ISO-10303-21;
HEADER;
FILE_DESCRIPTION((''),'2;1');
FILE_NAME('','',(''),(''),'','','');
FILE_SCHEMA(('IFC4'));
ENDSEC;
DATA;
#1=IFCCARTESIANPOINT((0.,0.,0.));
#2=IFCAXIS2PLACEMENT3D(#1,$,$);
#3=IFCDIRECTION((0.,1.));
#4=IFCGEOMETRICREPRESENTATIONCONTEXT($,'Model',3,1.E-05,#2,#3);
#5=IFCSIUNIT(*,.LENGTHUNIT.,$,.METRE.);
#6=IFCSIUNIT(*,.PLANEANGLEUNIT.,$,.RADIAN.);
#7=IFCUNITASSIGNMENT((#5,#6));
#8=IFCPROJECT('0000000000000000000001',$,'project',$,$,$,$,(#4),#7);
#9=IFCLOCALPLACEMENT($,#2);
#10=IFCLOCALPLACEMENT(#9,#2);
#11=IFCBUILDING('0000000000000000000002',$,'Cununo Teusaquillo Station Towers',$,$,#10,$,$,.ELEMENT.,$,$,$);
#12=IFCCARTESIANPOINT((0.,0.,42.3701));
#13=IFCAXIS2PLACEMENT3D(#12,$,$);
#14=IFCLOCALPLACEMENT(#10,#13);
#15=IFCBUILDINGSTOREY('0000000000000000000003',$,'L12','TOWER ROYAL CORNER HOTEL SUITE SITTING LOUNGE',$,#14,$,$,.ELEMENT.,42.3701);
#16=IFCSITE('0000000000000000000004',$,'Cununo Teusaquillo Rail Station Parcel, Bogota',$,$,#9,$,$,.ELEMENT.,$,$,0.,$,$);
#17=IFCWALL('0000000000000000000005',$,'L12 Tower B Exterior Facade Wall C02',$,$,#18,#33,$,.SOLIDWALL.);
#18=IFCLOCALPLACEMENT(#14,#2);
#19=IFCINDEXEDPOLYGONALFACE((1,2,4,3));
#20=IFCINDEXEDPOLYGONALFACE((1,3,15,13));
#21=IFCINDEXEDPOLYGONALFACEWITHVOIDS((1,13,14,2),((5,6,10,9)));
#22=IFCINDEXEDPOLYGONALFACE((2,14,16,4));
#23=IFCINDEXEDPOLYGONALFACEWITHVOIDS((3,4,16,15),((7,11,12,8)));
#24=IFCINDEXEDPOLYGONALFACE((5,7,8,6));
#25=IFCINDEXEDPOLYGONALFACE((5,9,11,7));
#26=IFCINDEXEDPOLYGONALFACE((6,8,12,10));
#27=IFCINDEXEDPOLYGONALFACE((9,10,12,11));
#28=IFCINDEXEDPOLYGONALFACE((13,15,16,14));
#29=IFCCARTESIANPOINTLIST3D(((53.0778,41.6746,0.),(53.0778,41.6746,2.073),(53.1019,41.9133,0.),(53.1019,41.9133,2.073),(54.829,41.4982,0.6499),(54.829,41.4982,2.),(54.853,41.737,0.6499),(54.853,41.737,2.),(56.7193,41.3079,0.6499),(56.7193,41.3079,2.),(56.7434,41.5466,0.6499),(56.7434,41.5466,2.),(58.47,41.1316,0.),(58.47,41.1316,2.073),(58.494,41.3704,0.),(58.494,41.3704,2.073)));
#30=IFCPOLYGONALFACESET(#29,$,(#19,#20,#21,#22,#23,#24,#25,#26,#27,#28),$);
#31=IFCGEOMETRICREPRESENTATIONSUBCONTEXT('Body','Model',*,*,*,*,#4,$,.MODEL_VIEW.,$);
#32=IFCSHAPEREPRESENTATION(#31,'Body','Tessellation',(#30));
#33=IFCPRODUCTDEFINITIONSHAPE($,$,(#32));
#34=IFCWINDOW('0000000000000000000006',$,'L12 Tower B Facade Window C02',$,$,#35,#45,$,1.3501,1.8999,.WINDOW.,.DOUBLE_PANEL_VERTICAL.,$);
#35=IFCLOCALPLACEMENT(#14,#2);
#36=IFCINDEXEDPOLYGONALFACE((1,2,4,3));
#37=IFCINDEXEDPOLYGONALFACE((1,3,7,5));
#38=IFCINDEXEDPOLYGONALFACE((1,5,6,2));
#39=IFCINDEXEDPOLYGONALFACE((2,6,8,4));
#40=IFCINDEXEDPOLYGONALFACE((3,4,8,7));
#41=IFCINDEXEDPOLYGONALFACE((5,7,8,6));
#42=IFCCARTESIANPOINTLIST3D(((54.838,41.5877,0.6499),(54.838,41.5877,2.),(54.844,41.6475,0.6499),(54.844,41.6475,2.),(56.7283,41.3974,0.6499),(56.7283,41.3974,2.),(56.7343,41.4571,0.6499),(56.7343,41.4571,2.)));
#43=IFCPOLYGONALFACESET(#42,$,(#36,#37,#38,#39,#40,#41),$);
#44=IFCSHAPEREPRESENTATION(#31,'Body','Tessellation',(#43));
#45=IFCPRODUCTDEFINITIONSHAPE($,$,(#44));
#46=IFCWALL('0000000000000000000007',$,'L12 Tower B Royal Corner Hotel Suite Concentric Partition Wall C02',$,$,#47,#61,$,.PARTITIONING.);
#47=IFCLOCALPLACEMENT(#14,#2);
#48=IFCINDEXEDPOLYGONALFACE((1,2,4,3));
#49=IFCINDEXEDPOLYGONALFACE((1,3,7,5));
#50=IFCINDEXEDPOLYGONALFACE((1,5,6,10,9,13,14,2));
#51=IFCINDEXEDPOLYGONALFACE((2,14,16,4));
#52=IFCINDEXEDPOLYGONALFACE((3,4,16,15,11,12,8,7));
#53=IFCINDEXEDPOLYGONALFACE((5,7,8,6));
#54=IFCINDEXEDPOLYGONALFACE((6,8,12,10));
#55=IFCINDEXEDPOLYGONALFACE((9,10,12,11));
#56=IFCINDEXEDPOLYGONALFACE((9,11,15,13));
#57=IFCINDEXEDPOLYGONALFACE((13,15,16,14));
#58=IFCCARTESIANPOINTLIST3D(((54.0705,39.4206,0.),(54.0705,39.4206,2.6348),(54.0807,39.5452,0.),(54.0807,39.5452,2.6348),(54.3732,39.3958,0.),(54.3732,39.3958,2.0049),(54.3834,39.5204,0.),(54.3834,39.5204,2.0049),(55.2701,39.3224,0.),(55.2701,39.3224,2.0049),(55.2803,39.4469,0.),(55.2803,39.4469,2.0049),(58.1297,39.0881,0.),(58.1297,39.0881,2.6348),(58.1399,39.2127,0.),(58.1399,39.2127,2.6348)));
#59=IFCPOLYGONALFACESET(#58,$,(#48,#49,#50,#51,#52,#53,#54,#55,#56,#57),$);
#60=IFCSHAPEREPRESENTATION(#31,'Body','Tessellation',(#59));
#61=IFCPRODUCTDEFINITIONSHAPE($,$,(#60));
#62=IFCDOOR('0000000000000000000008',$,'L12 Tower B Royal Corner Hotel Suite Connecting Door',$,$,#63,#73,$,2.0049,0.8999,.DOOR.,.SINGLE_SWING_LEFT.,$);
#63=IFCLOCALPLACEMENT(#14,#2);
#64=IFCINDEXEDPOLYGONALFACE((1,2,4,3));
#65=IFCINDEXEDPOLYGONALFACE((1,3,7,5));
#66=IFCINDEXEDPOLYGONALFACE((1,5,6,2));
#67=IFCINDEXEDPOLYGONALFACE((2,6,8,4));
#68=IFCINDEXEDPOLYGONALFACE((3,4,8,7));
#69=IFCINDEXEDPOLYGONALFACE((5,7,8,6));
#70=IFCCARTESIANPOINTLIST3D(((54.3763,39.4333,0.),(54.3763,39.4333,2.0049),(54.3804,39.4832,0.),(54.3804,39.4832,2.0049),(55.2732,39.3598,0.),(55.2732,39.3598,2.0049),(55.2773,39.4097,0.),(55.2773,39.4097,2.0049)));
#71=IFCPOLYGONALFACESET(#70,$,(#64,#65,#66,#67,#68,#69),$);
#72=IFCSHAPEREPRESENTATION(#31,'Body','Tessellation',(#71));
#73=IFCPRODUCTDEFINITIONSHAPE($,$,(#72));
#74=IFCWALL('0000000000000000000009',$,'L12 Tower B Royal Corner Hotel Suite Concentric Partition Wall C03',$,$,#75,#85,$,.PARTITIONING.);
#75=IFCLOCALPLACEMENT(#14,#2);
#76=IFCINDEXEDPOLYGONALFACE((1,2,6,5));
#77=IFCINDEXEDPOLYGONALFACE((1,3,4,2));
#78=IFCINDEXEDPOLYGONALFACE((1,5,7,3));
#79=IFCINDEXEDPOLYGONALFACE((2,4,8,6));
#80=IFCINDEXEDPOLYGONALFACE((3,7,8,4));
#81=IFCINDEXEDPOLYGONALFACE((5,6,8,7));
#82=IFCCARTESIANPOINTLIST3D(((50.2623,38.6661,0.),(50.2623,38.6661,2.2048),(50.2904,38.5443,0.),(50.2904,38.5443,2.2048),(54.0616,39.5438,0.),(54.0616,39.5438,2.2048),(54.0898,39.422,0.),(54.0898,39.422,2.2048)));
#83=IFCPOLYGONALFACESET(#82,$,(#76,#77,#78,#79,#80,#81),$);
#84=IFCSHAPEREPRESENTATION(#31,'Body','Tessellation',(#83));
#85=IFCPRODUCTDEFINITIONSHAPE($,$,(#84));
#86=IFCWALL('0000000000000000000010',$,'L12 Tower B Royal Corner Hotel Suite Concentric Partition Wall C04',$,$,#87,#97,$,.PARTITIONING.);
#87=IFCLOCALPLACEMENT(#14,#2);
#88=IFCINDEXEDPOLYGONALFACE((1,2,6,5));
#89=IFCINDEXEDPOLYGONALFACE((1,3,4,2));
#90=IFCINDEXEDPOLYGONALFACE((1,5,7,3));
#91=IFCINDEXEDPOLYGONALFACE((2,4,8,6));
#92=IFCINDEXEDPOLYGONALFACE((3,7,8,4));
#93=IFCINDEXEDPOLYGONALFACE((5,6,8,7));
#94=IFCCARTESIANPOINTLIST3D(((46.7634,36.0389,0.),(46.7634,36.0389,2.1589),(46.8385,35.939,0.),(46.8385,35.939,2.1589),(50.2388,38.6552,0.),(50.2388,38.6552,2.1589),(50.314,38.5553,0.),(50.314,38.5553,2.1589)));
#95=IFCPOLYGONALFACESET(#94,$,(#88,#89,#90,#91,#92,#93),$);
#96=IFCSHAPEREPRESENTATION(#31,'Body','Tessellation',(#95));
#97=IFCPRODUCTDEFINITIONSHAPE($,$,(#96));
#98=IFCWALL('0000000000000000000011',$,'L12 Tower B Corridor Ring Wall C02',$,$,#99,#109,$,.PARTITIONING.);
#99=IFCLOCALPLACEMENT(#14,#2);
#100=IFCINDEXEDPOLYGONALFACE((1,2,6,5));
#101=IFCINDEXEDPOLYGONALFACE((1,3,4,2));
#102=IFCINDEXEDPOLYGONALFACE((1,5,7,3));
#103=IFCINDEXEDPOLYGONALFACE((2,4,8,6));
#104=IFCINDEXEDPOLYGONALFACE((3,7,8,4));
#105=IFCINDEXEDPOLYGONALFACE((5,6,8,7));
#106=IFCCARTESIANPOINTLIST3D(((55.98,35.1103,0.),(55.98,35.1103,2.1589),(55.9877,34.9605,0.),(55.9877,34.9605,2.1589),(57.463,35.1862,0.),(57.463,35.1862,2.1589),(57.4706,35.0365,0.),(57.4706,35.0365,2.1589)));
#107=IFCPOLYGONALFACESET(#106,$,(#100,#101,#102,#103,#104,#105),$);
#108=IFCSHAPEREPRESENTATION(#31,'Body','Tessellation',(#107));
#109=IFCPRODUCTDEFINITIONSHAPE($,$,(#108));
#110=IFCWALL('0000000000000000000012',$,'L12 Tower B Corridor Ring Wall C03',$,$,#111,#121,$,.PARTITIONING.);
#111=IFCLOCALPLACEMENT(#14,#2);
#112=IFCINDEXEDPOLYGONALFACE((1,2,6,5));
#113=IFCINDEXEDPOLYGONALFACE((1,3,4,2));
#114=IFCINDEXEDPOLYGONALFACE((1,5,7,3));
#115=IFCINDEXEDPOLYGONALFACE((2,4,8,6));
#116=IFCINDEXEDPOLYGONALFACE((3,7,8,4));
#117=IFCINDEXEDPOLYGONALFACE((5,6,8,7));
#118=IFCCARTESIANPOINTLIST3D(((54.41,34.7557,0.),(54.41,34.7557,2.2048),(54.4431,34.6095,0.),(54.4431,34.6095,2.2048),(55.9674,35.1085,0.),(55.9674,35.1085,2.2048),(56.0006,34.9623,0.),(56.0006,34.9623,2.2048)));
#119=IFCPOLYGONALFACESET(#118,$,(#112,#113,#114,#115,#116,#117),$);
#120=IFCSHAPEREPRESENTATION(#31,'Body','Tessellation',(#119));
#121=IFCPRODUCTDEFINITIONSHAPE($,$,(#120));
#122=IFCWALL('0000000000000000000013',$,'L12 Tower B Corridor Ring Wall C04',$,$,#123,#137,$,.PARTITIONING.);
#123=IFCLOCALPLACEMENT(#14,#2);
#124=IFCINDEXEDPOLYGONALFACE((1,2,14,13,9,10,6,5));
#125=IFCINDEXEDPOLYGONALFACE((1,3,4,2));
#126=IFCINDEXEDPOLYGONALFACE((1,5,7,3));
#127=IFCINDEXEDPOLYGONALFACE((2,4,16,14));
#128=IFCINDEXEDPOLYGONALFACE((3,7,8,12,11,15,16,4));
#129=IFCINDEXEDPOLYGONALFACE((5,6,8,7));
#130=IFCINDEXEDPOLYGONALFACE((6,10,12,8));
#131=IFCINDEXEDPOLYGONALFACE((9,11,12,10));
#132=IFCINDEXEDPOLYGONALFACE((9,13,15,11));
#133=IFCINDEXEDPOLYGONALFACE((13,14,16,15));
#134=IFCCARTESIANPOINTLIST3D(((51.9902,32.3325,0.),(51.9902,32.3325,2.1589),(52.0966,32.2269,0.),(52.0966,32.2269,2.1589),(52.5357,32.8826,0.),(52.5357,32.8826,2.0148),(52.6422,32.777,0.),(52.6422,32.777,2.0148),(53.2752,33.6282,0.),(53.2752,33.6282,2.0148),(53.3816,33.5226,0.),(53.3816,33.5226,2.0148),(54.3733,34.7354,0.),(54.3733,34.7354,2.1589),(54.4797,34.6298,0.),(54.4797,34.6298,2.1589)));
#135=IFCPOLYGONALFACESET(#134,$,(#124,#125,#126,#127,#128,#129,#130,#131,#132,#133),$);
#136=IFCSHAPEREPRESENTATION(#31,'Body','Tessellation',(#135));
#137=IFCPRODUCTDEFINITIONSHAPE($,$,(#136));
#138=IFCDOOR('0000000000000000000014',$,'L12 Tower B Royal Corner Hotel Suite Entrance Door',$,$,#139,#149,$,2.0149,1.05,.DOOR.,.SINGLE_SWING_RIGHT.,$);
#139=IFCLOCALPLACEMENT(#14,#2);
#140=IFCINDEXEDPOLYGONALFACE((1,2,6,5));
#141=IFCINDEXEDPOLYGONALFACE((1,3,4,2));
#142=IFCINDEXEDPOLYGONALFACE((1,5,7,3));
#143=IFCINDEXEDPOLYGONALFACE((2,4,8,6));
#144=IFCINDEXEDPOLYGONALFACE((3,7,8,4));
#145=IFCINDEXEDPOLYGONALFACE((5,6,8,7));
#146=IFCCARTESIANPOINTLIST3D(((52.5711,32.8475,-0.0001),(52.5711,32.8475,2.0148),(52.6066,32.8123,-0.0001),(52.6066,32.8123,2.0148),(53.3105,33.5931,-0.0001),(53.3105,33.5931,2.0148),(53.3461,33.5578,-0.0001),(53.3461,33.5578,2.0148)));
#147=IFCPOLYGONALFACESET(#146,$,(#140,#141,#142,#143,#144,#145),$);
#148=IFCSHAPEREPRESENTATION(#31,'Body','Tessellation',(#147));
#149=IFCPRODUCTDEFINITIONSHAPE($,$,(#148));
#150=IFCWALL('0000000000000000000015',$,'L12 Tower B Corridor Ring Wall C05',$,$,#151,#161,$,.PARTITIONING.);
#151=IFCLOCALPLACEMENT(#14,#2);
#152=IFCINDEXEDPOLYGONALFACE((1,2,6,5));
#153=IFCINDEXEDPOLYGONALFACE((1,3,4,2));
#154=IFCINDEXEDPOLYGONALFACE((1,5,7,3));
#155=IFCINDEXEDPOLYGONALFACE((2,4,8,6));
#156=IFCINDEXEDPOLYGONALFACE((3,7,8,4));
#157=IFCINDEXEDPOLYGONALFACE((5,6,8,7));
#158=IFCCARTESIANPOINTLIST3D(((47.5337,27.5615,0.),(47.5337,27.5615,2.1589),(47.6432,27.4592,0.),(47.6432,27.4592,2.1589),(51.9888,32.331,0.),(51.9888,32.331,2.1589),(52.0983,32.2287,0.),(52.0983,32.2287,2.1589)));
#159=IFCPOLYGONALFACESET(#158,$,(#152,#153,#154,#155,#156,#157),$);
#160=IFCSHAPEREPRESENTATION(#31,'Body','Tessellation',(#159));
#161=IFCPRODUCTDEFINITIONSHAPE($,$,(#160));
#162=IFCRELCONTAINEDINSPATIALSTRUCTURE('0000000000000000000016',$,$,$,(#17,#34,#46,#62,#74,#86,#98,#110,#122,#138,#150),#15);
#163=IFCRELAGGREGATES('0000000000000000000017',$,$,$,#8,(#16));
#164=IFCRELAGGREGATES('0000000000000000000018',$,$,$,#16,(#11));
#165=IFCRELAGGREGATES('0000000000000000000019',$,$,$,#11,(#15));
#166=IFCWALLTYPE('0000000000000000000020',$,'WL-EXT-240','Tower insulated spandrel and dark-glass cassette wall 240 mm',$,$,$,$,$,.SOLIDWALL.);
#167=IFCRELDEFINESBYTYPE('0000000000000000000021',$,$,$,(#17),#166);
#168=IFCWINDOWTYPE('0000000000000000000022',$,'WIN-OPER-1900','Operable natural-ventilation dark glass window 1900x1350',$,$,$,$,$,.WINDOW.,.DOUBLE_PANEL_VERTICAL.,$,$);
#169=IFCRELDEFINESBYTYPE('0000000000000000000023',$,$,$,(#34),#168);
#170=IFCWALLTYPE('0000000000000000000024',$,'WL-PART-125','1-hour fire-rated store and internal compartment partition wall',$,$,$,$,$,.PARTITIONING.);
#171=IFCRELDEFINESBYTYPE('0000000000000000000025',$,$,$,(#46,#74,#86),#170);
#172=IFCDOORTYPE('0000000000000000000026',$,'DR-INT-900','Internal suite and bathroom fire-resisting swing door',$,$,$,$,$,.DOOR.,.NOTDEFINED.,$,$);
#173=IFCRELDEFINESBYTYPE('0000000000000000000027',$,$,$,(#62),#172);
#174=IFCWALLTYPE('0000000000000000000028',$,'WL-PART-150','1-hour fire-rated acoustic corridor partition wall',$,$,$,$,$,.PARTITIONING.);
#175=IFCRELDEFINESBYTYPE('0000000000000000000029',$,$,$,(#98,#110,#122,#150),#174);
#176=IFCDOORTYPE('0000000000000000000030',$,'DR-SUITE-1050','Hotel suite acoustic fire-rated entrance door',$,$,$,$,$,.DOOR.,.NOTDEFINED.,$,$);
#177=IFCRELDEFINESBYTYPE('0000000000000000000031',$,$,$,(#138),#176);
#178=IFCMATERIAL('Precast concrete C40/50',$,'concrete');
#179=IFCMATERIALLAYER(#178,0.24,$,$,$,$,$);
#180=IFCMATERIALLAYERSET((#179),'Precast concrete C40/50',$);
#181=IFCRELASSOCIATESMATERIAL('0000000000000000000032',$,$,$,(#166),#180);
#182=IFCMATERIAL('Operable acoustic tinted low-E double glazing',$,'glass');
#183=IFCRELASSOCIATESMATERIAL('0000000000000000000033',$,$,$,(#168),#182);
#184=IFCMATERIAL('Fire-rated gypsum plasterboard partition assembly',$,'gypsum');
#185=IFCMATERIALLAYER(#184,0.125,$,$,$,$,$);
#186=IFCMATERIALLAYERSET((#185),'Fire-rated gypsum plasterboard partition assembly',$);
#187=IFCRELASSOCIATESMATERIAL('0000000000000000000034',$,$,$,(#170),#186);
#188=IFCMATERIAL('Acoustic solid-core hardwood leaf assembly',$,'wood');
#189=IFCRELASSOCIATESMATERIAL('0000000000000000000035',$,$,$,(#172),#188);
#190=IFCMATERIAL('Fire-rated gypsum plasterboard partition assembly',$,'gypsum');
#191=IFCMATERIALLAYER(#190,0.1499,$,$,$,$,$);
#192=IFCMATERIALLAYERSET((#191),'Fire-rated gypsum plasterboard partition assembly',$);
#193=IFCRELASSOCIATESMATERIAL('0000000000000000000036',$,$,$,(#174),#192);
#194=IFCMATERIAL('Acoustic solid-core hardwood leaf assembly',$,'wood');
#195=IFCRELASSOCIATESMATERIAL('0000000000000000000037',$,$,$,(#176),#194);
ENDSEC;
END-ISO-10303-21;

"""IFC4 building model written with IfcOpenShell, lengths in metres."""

from ifc_helpers import new_model, si_unit, direction, frame, frame_2d, origin, place, context, subcontext, project, spatial, rectangle, extrude, source, transform, mapped, material, layer, layer_set, type_object, element, fill, save


model = new_model("IFC4")

# Units and contexts
model_context = context("Model", 3, precision=1e-05, world=origin(), true_north=direction((0.0, 1.0)))
body_context = subcontext(model_context, "Body", "Model", "MODEL_VIEW")
ifc_project = project(units=[si_unit("LENGTHUNIT", "METRE"), si_unit("PLANEANGLEUNIT", "RADIAN")], contexts=[model_context])

# Site, building, storey
site_placement = place(None, origin())
site = spatial("IfcSite", under=ifc_project, at=site_placement, Name="Cununo Teusaquillo Rail Station Parcel, Bogota", CompositionType="ELEMENT", RefElevation=0.0)
building_placement = place(site_placement, origin())
building = spatial("IfcBuilding", under=site, at=building_placement, Name="Cununo Teusaquillo Station Towers", CompositionType="ELEMENT")
storey_placement = place(building_placement, frame((0.0, 0.0, 42.3701)))
storey = spatial("IfcBuildingStorey", under=building, at=storey_placement, Name="L12", Description="TOWER ROYAL CORNER HOTEL SUITE SITTING LOUNGE", CompositionType="ELEMENT", Elevation=42.3701)

# Shared definitions
ifc_material_1 = material(Name="Precast concrete C40/50", Category="concrete")
ifc_layer_1 = layer(ifc_material_1, 0.24)
ifc_layer_set_1 = layer_set([ifc_layer_1], Name="Precast concrete C40/50")
wall_type_1 = type_object("IfcWallType", Name="WL-EXT-240", Description="Tower insulated spandrel and dark-glass cassette wall 240 mm", PredefinedType="SOLIDWALL", material=ifc_layer_set_1)

# Wall, opening, window
wall_1_placement = place(storey_placement, frame((53.0898, 41.7939, 0.0), z_axis=(0.0, 0.0, 1.0), x_axis=(0.994968, -0.100191, 0.0)))
wall_1 = element("IfcWall", 1, at=wall_1_placement, inside=storey, type_object=wall_type_1, Name="L12 Tower B Exterior Facade Wall C02", PredefinedType="SOLIDWALL", context=body_context, shape_type="SweptSolid", body=[
    extrude(rectangle(XDim=5.4194, YDim=0.24, at=frame_2d((2.7097, 0.0))), origin(), (0.0, 0.0, 1.0), 2.073),
])
shared_shape_1 = source(origin(), body_context, "Body", "SweptSolid", [
    extrude(rectangle(XDim=1.8999, YDim=1.3501, at=frame_2d((0.95, 0.675))), frame((0.0, 0.1299, 0.0), z_axis=(0.0, -1.0, 0.0), x_axis=(1.0, 0.0, 0.0)), (0.0, 0.0, 1.0), 0.26),
])
opening_1_placement = place(wall_1_placement, frame((1.76, 0.0, 0.6499)))
opening_1 = element("IfcOpeningElement", 2, at=opening_1_placement, cuts=wall_1, PredefinedType="OPENING", context=body_context, shape_type="MappedRepresentation", body=[
    mapped(shared_shape_1, transform((0.0, 0.0, 0.0), x_axis=(1.0, 0.0, 0.0), y_axis=(0.0, 1.0, 0.0), z_axis=(0.0, 0.0, 1.0), scale=1.0)),
])
ifc_material_2 = material(Name="Operable acoustic tinted low-E double glazing", Category="glass")
window_type = type_object("IfcWindowType", Name="WIN-OPER-1900", Description="Operable natural-ventilation dark glass window 1900x1350", PartitioningType="DOUBLE_PANEL_VERTICAL", PredefinedType="WINDOW", material=ifc_material_2)
shared_shape_2 = source(origin(), body_context, "Body", "SweptSolid", [
    extrude(rectangle(XDim=1.8999, YDim=1.3501, at=frame_2d((0.95, 0.675))), frame((0.0, 0.03, 0.0), z_axis=(0.0, -1.0, 0.0), x_axis=(1.0, 0.0, 0.0)), (0.0, 0.0, 1.0), 0.0601),
])
window_placement = place(opening_1_placement, origin())
window = element("IfcWindow", 3, at=window_placement, inside=storey, type_object=window_type, Name="L12 Tower B Facade Window C02", OverallHeight=1.3501, OverallWidth=1.8999, PartitioningType="DOUBLE_PANEL_VERTICAL", PredefinedType="WINDOW", context=body_context, shape_type="MappedRepresentation", body=[
    mapped(shared_shape_2, transform((0.0, 0.0, 0.0), x_axis=(1.0, 0.0, 0.0), y_axis=(0.0, 1.0, 0.0), z_axis=(0.0, 0.0, 1.0), scale=1.0)),
])
fill(opening_1, window)

# Wall, opening, door
ifc_material_3 = material(Name="Fire-rated gypsum plasterboard partition assembly", Category="gypsum")
ifc_layer_2 = layer(ifc_material_3, 0.125)
ifc_layer_set_2 = layer_set([ifc_layer_2], Name="Fire-rated gypsum plasterboard partition assembly")
wall_type_2 = type_object("IfcWallType", Name="WL-PART-125", Description="1-hour fire-rated store and internal compartment partition wall", PredefinedType="PARTITIONING", material=ifc_layer_set_2)
wall_2_placement = place(storey_placement, frame((58.1348, 39.1504, 0.0), z_axis=(0.0, 0.0, 1.0), x_axis=(-0.996661, 0.081646, 0.0)))
wall_2 = element("IfcWall", 4, at=wall_2_placement, inside=storey, type_object=wall_type_2, Name="L12 Tower B Royal Corner Hotel Suite Concentric Partition Wall C02", PredefinedType="PARTITIONING", context=body_context, shape_type="SweptSolid", body=[
    extrude(rectangle(XDim=4.0728, YDim=0.125, at=frame_2d((2.0364, 0.0))), origin(), (0.0, 0.0, 1.0), 2.6348),
])
shared_shape_3 = source(origin(), body_context, "Body", "SweptSolid", [
    extrude(rectangle(XDim=0.8999, YDim=2.0049, at=frame_2d((0.45, 1.0024))), frame((0.0, 0.0725, 0.0), z_axis=(0.0, -1.0, 0.0), x_axis=(1.0, 0.0, 0.0)), (0.0, 0.0, 1.0), 0.145),
])
opening_2_placement = place(wall_2_placement, frame((2.8691, 0.0, 0.0)))
opening_2 = element("IfcOpeningElement", 5, at=opening_2_placement, cuts=wall_2, PredefinedType="OPENING", context=body_context, shape_type="MappedRepresentation", body=[
    mapped(shared_shape_3, transform((0.0, 0.0, 0.0), x_axis=(1.0, 0.0, 0.0), y_axis=(0.0, 1.0, 0.0), z_axis=(0.0, 0.0, 1.0), scale=1.0)),
])
ifc_material_4 = material(Name="Acoustic solid-core hardwood leaf assembly", Category="wood")
door_type_1 = type_object("IfcDoorType", Name="DR-INT-900", Description="Internal suite and bathroom fire-resisting swing door", OperationType="NOTDEFINED", PredefinedType="DOOR", material=ifc_material_4)
shared_shape_4 = source(origin(), body_context, "Body", "SweptSolid", [
    extrude(rectangle(XDim=0.8999, YDim=2.0049, at=frame_2d((0.45, 1.0024))), frame((0.0, 0.0249, 0.0), z_axis=(0.0, -1.0, 0.0), x_axis=(1.0, 0.0, 0.0)), (0.0, 0.0, 1.0), 0.05),
])
door_1_placement = place(opening_2_placement, origin())
door_1 = element("IfcDoor", 6, at=door_1_placement, inside=storey, type_object=door_type_1, Name="L12 Tower B Royal Corner Hotel Suite Connecting Door", OperationType="SINGLE_SWING_LEFT", OverallHeight=2.0049, OverallWidth=0.8999, PredefinedType="DOOR", context=body_context, shape_type="MappedRepresentation", body=[
    mapped(shared_shape_4, transform((0.0, 0.0, 0.0), x_axis=(1.0, 0.0, 0.0), y_axis=(0.0, 1.0, 0.0), z_axis=(0.0, 0.0, 1.0), scale=1.0)),
])
fill(opening_2, door_1)

# Walls
wall_3_placement = place(storey_placement, frame((54.0757, 39.4829, 0.0), z_axis=(0.0, 0.0, 1.0), x_axis=(-0.974339, -0.225084, 0.0)))
element("IfcWall", 7, at=wall_3_placement, inside=storey, type_object=wall_type_2, Name="L12 Tower B Royal Corner Hotel Suite Concentric Partition Wall C03", PredefinedType="PARTITIONING", context=body_context, shape_type="SweptSolid", body=[
    extrude(rectangle(XDim=3.8994, YDim=0.125, at=frame_2d((1.9497, 0.0))), origin(), (0.0, 0.0, 1.0), 2.2048),
])
wall_4_placement = place(storey_placement, frame((50.2764, 38.6052, 0.0), z_axis=(0.0, 0.0, 1.0), x_axis=(-0.798928, -0.601427, 0.0)))
element("IfcWall", 8, at=wall_4_placement, inside=storey, type_object=wall_type_2, Name="L12 Tower B Royal Corner Hotel Suite Concentric Partition Wall C04", PredefinedType="PARTITIONING", context=body_context, shape_type="SweptSolid", body=[
    extrude(rectangle(XDim=4.3501, YDim=0.125, at=frame_2d((2.175, 0.0))), origin(), (0.0, 0.0, 1.0), 2.1589),
])
ifc_material_5 = material(Name="Fire-rated gypsum plasterboard partition assembly", Category="gypsum")
ifc_layer_3 = layer(ifc_material_5, 0.1499)
ifc_layer_set_3 = layer_set([ifc_layer_3], Name="Fire-rated gypsum plasterboard partition assembly")
wall_type_3 = type_object("IfcWallType", Name="WL-PART-150", Description="1-hour fire-rated acoustic corridor partition wall", PredefinedType="PARTITIONING", material=ifc_layer_set_3)
wall_5_placement = place(storey_placement, frame((57.4668, 35.1113, 0.0), z_axis=(0.0, 0.0, 1.0), x_axis=(-0.998692, -0.051135, 0.0)))
element("IfcWall", 9, at=wall_5_placement, inside=storey, type_object=wall_type_3, Name="L12 Tower B Corridor Ring Wall C02", PredefinedType="PARTITIONING", context=body_context, shape_type="SweptSolid", body=[
    extrude(rectangle(XDim=1.4849, YDim=0.1499, at=frame_2d((0.7424, 0.0))), origin(), (0.0, 0.0, 1.0), 2.1589),
])
wall_6_placement = place(storey_placement, frame((55.9839, 35.0354, 0.0), z_axis=(0.0, 0.0, 1.0), x_axis=(-0.97529, -0.220927, 0.0)))
element("IfcWall", 10, at=wall_6_placement, inside=storey, type_object=wall_type_3, Name="L12 Tower B Corridor Ring Wall C03", PredefinedType="PARTITIONING", context=body_context, shape_type="SweptSolid", body=[
    extrude(rectangle(XDim=1.5969, YDim=0.1499, at=frame_2d((0.7983, 0.0))), origin(), (0.0, 0.0, 1.0), 2.2048),
])

# Wall, opening, door
wall_7_placement = place(storey_placement, frame((54.4265, 34.6826, 0.0), z_axis=(0.0, 0.0, 1.0), x_axis=(-0.704179, -0.710022, 0.0)))
wall_7 = element("IfcWall", 11, at=wall_7_placement, inside=storey, type_object=wall_type_3, Name="L12 Tower B Corridor Ring Wall C04", PredefinedType="PARTITIONING", context=body_context, shape_type="SweptSolid", body=[
    extrude(rectangle(XDim=3.3843, YDim=0.1499, at=frame_2d((1.6921, 0.0))), origin(), (0.0, 0.0, 1.0), 2.1589),
])
shared_shape_5 = source(origin(), body_context, "Body", "SweptSolid", [
    extrude(rectangle(XDim=1.05, YDim=2.0149, at=frame_2d((0.5249, 1.0073))), frame((0.0, 0.085, 0.0), z_axis=(0.0, -1.0, 0.0), x_axis=(1.0, 0.0, 0.0)), (0.0, 0.0, 1.0), 0.1699),
])
opening_3_placement = place(wall_7_placement, frame((1.5596, 0.0, 0.0)))
opening_3 = element("IfcOpeningElement", 12, at=opening_3_placement, cuts=wall_7, PredefinedType="OPENING", context=body_context, shape_type="MappedRepresentation", body=[
    mapped(shared_shape_5, transform((0.0, 0.0, 0.0), x_axis=(1.0, 0.0, 0.0), y_axis=(0.0, 1.0, 0.0), z_axis=(0.0, 0.0, 1.0), scale=1.0)),
])
ifc_material_6 = material(Name="Acoustic solid-core hardwood leaf assembly", Category="wood")
door_type_2 = type_object("IfcDoorType", Name="DR-SUITE-1050", Description="Hotel suite acoustic fire-rated entrance door", OperationType="NOTDEFINED", PredefinedType="DOOR", material=ifc_material_6)
shared_shape_6 = source(origin(), body_context, "Body", "SweptSolid", [
    extrude(rectangle(XDim=1.05, YDim=2.0149, at=frame_2d((0.5249, 1.0073))), frame((0.0, 0.0249, 0.0), z_axis=(0.0, -1.0, 0.0), x_axis=(1.0, 0.0, 0.0)), (0.0, 0.0, 1.0), 0.05),
])
door_2_placement = place(opening_3_placement, origin())
door_2 = element("IfcDoor", 13, at=door_2_placement, inside=storey, type_object=door_type_2, Name="L12 Tower B Royal Corner Hotel Suite Entrance Door", OperationType="SINGLE_SWING_RIGHT", OverallHeight=2.0149, OverallWidth=1.05, PredefinedType="DOOR", context=body_context, shape_type="MappedRepresentation", body=[
    mapped(shared_shape_6, transform((0.0, 0.0, 0.0), x_axis=(1.0, 0.0, 0.0), y_axis=(0.0, 1.0, 0.0), z_axis=(0.0, 0.0, 1.0), scale=1.0)),
])
fill(opening_3, door_2)

# Wall
wall_8_placement = place(storey_placement, frame((52.0435, 32.2798, 0.0), z_axis=(0.0, 0.0, 1.0), x_axis=(-0.682606, -0.730787, 0.0)))
element("IfcWall", 14, at=wall_8_placement, inside=storey, type_object=wall_type_3, Name="L12 Tower B Corridor Ring Wall C05", PredefinedType="PARTITIONING", context=body_context, shape_type="SweptSolid", body=[
    extrude(rectangle(XDim=6.5266, YDim=0.1499, at=frame_2d((3.2632, 0.0))), origin(), (0.0, 0.0, 1.0), 2.1589),
])

save(model, "model.ifc")
